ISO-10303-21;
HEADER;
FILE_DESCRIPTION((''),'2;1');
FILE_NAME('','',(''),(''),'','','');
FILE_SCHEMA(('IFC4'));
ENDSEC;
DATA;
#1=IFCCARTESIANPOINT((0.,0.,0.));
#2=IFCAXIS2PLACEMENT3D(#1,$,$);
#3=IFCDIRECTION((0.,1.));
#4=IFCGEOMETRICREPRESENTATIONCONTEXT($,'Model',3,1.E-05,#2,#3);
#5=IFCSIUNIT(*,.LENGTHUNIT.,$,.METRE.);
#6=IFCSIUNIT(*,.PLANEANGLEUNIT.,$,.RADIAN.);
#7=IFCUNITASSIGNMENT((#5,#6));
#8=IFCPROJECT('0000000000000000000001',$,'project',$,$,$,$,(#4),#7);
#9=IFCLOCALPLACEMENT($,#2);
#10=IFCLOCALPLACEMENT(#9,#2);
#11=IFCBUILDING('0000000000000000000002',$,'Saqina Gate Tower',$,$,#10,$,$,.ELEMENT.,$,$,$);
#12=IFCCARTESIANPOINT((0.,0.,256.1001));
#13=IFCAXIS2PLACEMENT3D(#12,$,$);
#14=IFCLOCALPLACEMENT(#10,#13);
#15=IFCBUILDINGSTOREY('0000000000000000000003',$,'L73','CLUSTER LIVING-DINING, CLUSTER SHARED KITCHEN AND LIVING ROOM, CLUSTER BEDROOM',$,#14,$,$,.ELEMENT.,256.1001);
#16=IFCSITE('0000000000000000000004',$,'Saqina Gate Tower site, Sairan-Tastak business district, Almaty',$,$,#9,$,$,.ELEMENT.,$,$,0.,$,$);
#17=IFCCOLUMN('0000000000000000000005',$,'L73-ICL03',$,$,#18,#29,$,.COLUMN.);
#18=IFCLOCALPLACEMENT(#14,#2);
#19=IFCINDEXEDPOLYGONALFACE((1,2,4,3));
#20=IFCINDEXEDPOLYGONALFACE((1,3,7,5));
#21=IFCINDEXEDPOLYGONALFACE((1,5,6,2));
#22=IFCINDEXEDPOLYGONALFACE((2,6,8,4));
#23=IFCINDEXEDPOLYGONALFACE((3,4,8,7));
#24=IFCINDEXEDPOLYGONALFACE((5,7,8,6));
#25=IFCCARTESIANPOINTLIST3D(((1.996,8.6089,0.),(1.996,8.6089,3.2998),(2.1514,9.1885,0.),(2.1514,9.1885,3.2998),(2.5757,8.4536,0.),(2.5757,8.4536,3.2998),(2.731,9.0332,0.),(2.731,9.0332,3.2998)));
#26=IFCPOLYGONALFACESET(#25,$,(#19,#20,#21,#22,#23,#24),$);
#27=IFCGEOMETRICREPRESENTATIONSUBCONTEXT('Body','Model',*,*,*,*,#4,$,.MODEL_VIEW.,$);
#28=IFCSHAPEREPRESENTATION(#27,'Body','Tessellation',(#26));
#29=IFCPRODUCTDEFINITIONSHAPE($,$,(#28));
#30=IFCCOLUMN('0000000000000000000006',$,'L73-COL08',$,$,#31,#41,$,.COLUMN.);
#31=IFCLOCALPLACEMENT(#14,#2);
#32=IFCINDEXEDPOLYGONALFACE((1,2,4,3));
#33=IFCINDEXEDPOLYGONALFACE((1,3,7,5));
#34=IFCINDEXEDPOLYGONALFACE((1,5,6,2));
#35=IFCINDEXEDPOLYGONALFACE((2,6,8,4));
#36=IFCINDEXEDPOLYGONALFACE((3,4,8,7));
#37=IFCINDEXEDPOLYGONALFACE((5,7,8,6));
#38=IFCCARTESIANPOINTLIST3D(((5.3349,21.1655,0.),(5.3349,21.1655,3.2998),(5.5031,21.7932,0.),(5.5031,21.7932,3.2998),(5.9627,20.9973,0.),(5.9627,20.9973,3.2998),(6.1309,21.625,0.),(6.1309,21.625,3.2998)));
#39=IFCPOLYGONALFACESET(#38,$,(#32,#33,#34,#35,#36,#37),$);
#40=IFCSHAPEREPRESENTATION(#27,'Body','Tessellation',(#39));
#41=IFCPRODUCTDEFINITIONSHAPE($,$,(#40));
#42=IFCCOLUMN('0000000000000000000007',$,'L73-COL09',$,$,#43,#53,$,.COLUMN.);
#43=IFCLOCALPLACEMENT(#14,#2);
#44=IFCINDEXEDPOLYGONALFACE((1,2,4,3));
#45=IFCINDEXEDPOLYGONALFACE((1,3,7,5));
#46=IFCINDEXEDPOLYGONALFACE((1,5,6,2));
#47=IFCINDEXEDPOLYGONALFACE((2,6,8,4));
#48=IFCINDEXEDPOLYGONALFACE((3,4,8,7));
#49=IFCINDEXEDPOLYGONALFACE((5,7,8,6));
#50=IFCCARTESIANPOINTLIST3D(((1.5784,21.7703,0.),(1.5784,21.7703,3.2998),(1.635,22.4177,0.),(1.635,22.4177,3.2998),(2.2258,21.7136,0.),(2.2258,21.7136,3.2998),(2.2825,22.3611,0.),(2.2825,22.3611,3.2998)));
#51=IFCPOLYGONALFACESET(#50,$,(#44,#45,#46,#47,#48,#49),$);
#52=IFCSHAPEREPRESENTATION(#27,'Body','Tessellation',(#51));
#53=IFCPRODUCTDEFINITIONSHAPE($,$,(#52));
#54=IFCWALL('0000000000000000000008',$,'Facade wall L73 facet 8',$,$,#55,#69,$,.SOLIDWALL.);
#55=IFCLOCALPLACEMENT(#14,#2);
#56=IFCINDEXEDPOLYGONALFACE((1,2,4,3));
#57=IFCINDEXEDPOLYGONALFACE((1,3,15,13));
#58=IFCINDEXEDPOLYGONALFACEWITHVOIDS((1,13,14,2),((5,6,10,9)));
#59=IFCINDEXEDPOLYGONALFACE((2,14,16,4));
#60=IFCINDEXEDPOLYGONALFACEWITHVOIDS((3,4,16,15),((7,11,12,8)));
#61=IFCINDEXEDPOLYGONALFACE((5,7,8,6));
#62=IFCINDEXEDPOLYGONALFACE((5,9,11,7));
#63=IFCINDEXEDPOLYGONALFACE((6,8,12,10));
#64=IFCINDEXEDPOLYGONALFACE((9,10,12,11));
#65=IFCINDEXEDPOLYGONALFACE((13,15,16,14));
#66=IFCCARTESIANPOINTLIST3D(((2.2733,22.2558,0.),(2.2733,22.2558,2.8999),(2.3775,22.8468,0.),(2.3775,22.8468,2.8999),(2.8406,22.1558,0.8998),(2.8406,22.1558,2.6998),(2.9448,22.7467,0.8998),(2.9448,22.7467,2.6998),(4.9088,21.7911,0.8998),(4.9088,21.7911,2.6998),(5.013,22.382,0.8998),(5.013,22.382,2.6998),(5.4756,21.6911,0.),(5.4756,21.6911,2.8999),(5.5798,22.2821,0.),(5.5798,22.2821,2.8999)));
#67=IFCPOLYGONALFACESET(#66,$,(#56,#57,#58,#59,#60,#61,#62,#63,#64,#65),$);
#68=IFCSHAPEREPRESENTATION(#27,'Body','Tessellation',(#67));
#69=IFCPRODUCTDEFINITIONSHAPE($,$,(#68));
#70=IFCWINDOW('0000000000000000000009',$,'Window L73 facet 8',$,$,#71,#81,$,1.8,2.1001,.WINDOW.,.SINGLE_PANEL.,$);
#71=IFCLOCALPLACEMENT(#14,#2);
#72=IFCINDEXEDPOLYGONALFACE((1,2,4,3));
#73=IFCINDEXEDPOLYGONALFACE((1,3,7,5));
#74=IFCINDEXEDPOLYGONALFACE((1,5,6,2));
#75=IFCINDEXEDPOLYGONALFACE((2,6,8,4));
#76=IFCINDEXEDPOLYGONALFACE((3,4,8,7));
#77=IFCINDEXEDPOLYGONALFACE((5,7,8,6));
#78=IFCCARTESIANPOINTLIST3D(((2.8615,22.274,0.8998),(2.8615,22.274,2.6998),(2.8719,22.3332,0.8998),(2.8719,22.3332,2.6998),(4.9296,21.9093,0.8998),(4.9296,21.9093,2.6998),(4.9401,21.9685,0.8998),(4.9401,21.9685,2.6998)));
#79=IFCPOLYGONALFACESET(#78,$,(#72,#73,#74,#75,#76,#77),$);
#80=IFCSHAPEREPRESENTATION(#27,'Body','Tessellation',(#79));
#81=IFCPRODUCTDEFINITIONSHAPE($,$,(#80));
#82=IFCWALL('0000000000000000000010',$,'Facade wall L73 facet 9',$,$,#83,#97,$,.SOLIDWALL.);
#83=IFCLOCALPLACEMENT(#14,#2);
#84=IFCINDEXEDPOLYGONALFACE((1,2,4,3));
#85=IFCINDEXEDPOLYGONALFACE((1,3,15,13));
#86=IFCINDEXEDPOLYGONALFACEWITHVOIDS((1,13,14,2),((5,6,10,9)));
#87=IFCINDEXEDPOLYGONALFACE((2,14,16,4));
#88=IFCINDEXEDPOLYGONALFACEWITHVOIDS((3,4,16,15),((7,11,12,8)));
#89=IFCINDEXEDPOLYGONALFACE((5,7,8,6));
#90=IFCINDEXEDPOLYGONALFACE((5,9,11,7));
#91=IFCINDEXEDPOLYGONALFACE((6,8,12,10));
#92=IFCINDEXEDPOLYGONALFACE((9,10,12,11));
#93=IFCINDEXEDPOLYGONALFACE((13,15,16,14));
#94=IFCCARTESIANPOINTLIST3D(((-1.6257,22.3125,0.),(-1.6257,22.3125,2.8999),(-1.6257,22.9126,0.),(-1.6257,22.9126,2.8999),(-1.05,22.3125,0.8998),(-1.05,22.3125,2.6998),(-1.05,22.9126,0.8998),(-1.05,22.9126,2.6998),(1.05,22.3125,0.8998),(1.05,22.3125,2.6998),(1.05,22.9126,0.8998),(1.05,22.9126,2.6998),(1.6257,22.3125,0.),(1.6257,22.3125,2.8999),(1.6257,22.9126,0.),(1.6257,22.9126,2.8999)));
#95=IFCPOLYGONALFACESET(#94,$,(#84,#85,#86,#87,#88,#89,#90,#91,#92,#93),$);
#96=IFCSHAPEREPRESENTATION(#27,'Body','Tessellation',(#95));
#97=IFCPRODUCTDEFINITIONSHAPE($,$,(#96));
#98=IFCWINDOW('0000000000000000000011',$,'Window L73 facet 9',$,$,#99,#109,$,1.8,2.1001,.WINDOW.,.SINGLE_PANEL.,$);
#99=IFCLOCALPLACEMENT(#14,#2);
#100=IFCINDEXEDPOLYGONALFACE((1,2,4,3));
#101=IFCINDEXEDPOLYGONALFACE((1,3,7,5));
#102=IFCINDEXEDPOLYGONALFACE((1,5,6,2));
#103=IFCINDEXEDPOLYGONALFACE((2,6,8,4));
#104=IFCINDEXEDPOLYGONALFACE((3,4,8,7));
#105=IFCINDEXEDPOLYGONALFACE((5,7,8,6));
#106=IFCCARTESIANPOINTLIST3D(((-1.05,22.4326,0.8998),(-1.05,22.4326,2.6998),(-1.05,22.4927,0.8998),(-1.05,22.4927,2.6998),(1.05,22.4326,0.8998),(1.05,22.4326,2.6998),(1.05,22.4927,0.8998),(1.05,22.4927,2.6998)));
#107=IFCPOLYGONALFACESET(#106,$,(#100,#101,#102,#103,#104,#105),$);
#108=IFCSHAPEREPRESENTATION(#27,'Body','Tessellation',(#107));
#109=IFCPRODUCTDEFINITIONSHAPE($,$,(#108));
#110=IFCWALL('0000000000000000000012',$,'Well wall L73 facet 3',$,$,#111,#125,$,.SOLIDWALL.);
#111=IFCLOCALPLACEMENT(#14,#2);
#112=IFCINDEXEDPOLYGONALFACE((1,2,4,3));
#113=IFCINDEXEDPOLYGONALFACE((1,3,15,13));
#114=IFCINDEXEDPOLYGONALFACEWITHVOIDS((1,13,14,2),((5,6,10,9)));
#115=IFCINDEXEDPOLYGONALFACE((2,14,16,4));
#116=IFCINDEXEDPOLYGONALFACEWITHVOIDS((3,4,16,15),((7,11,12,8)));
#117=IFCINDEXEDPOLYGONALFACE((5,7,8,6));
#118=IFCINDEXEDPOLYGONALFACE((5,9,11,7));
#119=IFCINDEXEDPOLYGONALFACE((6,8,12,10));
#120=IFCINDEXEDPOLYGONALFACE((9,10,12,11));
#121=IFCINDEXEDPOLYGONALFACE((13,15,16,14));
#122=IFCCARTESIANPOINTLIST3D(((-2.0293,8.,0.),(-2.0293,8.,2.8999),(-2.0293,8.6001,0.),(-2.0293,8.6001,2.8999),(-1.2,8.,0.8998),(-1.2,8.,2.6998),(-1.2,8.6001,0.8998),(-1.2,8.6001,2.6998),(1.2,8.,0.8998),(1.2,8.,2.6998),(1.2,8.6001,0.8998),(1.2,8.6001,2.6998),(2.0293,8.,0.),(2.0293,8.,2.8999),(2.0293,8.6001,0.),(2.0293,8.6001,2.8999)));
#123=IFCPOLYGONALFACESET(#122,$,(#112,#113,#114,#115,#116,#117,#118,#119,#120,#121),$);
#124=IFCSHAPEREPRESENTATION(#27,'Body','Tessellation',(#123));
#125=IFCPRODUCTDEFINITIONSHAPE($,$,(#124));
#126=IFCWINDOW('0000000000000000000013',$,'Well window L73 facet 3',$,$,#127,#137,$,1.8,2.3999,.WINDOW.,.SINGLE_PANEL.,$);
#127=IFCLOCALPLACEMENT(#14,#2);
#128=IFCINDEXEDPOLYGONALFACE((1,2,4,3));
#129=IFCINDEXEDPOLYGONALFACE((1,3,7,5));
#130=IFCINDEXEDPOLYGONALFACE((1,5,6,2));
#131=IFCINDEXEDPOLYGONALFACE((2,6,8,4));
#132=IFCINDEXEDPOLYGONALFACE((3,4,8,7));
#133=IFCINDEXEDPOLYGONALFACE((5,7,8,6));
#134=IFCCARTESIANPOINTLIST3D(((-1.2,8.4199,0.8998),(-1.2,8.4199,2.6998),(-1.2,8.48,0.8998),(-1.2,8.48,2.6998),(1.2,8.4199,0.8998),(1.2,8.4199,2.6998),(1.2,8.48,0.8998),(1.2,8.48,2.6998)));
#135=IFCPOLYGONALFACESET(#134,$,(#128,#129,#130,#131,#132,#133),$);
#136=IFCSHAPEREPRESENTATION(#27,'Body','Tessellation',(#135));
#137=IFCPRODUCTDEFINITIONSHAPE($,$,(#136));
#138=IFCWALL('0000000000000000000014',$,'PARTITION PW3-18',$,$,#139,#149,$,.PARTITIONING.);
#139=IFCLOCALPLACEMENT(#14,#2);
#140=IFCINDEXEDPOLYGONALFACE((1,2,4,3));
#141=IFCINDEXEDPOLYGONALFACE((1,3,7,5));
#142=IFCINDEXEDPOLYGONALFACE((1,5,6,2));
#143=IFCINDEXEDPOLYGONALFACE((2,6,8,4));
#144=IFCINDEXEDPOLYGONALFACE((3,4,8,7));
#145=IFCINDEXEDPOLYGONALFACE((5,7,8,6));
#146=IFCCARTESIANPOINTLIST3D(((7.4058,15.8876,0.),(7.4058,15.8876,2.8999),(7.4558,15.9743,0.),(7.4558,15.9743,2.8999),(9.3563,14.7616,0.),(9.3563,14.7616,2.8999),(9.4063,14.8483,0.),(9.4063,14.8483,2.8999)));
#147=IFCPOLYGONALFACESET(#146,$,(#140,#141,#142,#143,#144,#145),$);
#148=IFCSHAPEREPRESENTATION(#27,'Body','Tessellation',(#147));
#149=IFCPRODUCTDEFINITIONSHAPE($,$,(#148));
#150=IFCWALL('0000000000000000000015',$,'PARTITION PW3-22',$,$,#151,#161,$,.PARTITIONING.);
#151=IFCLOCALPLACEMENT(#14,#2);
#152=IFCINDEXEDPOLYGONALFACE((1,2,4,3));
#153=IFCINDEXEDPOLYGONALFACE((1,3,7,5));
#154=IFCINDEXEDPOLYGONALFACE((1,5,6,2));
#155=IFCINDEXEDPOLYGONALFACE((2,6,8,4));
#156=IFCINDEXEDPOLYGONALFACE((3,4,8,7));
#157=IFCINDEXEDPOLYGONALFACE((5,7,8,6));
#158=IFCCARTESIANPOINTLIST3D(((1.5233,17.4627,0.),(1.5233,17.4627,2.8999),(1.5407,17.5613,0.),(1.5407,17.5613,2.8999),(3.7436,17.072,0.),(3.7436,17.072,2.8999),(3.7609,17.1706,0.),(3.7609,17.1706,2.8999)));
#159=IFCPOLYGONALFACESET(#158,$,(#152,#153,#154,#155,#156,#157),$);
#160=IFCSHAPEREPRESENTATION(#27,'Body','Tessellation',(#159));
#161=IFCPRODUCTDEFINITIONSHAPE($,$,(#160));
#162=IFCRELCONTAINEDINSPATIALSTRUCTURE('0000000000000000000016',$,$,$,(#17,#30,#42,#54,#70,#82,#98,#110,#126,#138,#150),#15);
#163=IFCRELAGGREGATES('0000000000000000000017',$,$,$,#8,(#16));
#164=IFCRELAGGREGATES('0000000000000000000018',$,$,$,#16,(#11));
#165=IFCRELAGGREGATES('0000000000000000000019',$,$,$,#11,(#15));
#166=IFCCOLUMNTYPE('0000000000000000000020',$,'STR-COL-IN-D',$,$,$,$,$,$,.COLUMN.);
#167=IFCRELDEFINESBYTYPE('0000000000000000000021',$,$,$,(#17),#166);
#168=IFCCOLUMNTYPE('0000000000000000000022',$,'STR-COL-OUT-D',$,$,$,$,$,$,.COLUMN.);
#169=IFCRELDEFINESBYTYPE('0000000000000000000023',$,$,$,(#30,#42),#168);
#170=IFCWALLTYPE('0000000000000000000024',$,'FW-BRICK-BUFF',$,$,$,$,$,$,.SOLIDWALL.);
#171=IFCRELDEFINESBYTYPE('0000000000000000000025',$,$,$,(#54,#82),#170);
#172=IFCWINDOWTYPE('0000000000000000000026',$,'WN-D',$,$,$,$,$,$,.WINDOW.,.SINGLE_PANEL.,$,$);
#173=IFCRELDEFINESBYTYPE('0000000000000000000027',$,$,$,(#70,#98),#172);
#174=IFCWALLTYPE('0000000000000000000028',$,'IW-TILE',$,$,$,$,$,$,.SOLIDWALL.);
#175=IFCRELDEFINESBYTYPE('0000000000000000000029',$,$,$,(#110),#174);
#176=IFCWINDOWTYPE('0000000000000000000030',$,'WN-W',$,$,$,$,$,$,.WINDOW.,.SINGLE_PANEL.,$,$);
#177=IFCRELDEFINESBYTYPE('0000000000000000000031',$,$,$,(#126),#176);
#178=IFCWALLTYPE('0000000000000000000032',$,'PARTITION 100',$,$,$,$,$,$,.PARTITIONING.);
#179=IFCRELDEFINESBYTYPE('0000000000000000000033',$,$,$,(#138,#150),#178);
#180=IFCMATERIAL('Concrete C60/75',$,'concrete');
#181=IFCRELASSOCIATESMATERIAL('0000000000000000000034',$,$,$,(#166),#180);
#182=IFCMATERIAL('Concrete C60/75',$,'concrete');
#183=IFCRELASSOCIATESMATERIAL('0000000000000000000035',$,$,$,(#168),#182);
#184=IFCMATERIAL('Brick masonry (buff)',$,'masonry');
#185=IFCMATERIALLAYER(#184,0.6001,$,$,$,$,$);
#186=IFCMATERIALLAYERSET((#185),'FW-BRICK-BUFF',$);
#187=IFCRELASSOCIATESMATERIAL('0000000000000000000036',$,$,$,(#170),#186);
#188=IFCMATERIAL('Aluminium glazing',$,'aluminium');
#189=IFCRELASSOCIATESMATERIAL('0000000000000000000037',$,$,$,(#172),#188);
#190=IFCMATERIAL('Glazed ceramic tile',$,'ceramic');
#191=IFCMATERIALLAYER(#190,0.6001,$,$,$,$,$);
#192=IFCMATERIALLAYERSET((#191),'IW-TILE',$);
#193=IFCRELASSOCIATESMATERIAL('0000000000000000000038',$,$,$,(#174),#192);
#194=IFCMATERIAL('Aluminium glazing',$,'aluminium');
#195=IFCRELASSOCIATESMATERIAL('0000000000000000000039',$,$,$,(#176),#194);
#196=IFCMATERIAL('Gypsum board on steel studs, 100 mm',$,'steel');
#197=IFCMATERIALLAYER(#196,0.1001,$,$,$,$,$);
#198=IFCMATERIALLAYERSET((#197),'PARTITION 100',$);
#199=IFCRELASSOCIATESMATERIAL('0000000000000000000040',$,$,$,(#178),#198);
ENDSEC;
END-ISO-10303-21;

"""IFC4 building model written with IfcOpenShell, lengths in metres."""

from ifc_helpers import new_model, si_unit, direction, frame, frame_2d, origin, origin_2d, place, context, subcontext, project, spatial, rectangle, extrude, material, layer, layer_set, material_profile, profile_set, type_object, element, fill, save


model = new_model("IFC4")

# Units and contexts
model_context = context("Model", 3, precision=1e-05, world=origin(), true_north=direction((0.0, 1.0)))
body_context = subcontext(model_context, "Body", "Model", "MODEL_VIEW")
ifc_project = project(units=[si_unit("LENGTHUNIT", "METRE"), si_unit("PLANEANGLEUNIT", "RADIAN")], contexts=[model_context])

# Site, building, storey
site_placement = place(None, origin())
site = spatial("IfcSite", under=ifc_project, at=site_placement, Name="Saqina Gate Tower site, Sairan-Tastak business district, Almaty", CompositionType="ELEMENT", RefElevation=0.0)
building_placement = place(site_placement, origin())
building = spatial("IfcBuilding", under=site, at=building_placement, Name="Saqina Gate Tower", CompositionType="ELEMENT")
storey_placement = place(building_placement, frame((0.0, 0.0, 256.1001)))
storey = spatial("IfcBuildingStorey", under=building, at=storey_placement, Name="L73", Description="CLUSTER LIVING-DINING, CLUSTER SHARED KITCHEN AND LIVING ROOM, CLUSTER BEDROOM", CompositionType="ELEMENT", Elevation=256.1001)

# Columns
ifc_material_1 = material(Name="Concrete C60/75", Category="concrete")
ifc_material_profile_1 = material_profile(ifc_material_1, rectangle(XDim=0.6001, YDim=0.6001, at=origin_2d()), Name="RC 600x600")
ifc_profile_set_1 = profile_set([ifc_material_profile_1], Name="Concrete C60/75")
column_type_1 = type_object("IfcColumnType", Name="STR-COL-IN-D", PredefinedType="COLUMN", material=ifc_profile_set_1)
column_placement = place(storey_placement, frame((2.3635, 8.821, 0.0), z_axis=(0.0, 0.0, 1.0), x_axis=(0.258819, 0.965926, 0.0)))
element("IfcColumn", 1, at=column_placement, inside=storey, type_object=column_type_1, Name="L73-ICL03", PredefinedType="COLUMN", context=body_context, shape_type="SweptSolid", body=[
    extrude(rectangle(XDim=0.6001, YDim=0.6001, at=origin_2d()), origin(), (0.0, 0.0, 1.0), 3.2998),
])
ifc_material_2 = material(Name="Concrete C60/75", Category="concrete")
ifc_material_profile_2 = material_profile(ifc_material_2, rectangle(XDim=0.6499, YDim=0.6499, at=origin_2d()), Name="RC 650x650")
ifc_profile_set_2 = profile_set([ifc_material_profile_2], Name="Concrete C60/75")
column_type_2 = type_object("IfcColumnType", Name="STR-COL-OUT-D", PredefinedType="COLUMN", material=ifc_profile_set_2)
for number, where, z_axis, x_axis, name in (
    (2, (5.7329, 21.3953, 0.0), (0.0, 0.0, 1.0), (0.258819, 0.965926, 0.0), "L73-COL08"),
    (3, (1.9304, 22.0657, 0.0), (0.0, 0.0, 1.0), (0.087156, 0.996195, 0.0), "L73-COL09"),
):
    element("IfcColumn", number, at=place(storey_placement, frame(where, z_axis=z_axis, x_axis=x_axis)), inside=storey, type_object=column_type_2, Name=name, PredefinedType="COLUMN", context=body_context, shape_type="SweptSolid", body=[
        extrude(rectangle(XDim=0.6499, YDim=0.6499, at=origin_2d()), origin(), (0.0, 0.0, 1.0), 3.2998),
    ])

# Walls, openings, windows
ifc_material_3 = material(Name="Brick masonry (buff)", Category="masonry")
ifc_layer_1 = layer(ifc_material_3, 0.6001)
ifc_layer_set_1 = layer_set([ifc_layer_1], Name="FW-BRICK-BUFF")
wall_type_1 = type_object("IfcWallType", Name="FW-BRICK-BUFF", PredefinedType="SOLIDWALL", material=ifc_layer_set_1)
wall_1_placement = place(storey_placement, frame((5.5278, 21.9866, 0.0), z_axis=(0.0, 0.0, 1.0), x_axis=(-0.984806, 0.173657, 0.0)))
wall_1 = element("IfcWall", 4, at=wall_1_placement, inside=storey, type_object=wall_type_1, Name="Facade wall L73 facet 8", PredefinedType="SOLIDWALL", context=body_context, shape_type="SweptSolid", body=[
    extrude(rectangle(XDim=3.2517, YDim=0.6001, at=frame_2d((1.626, 0.0))), origin(), (0.0, 0.0, 1.0), 2.8999),
])
opening_1_placement = place(wall_1_placement, frame((0.5757, 0.0, 0.8999)))
opening_1 = element("IfcOpeningElement", 5, at=opening_1_placement, cuts=wall_1, PredefinedType="OPENING", context=body_context, shape_type="SweptSolid", body=[
    extrude(rectangle(XDim=2.1001, YDim=1.8, at=frame_2d((1.05, 0.8999))), frame((0.0, 0.312, 0.0), z_axis=(0.0, -1.0, 0.0), x_axis=(1.0, 0.0, 0.0)), (0.0, 0.0, 1.0), 0.624),
])
ifc_material_4 = material(Name="Aluminium glazing", Category="aluminium")
window_type_1 = type_object("IfcWindowType", Name="WN-D", PartitioningType="SINGLE_PANEL", PredefinedType="WINDOW", material=ifc_material_4)
window_1_placement = place(opening_1_placement, origin())
window_1 = element("IfcWindow", 6, at=window_1_placement, inside=storey, type_object=window_type_1, Name="Window L73 facet 8", OverallHeight=1.8, OverallWidth=2.1001, PartitioningType="SINGLE_PANEL", PredefinedType="WINDOW", context=body_context, shape_type="SweptSolid", body=[
    extrude(rectangle(XDim=2.1001, YDim=1.8, at=frame_2d((1.05, 0.8999))), frame((0.0, 0.1799, 0.0), z_axis=(0.0, -1.0, 0.0), x_axis=(1.0, 0.0, 0.0)), (0.0, 0.0, 1.0), 0.0601),
])
fill(opening_1, window_1)
wall_2_placement = place(storey_placement, frame((1.6257, 22.6125, 0.0), z_axis=(0.0, 0.0, 1.0), x_axis=(-1.0, 0.0, 0.0)))
wall_2 = element("IfcWall", 7, at=wall_2_placement, inside=storey, type_object=wall_type_1, Name="Facade wall L73 facet 9", PredefinedType="SOLIDWALL", context=body_context, shape_type="SweptSolid", body=[
    extrude(rectangle(XDim=3.2515, YDim=0.6001, at=frame_2d((1.6257, 0.0))), origin(), (0.0, 0.0, 1.0), 2.8999),
])
opening_2_placement = place(wall_2_placement, frame((0.5757, 0.0, 0.8999)))
opening_2 = element("IfcOpeningElement", 8, at=opening_2_placement, cuts=wall_2, PredefinedType="OPENING", context=body_context, shape_type="SweptSolid", body=[
    extrude(rectangle(XDim=2.1001, YDim=1.8, at=frame_2d((1.05, 0.8999))), frame((0.0, 0.312, 0.0), z_axis=(0.0, -1.0, 0.0), x_axis=(1.0, 0.0, 0.0)), (0.0, 0.0, 1.0), 0.624),
])
window_2_placement = place(opening_2_placement, origin())
window_2 = element("IfcWindow", 9, at=window_2_placement, inside=storey, type_object=window_type_1, Name="Window L73 facet 9", OverallHeight=1.8, OverallWidth=2.1001, PartitioningType="SINGLE_PANEL", PredefinedType="WINDOW", context=body_context, shape_type="SweptSolid", body=[
    extrude(rectangle(XDim=2.1001, YDim=1.8, at=frame_2d((1.05, 0.8999))), frame((0.0, 0.1799, 0.0), z_axis=(0.0, -1.0, 0.0), x_axis=(1.0, 0.0, 0.0)), (0.0, 0.0, 1.0), 0.0601),
])
fill(opening_2, window_2)
ifc_material_5 = material(Name="Glazed ceramic tile", Category="ceramic")
ifc_layer_2 = layer(ifc_material_5, 0.6001)
ifc_layer_set_2 = layer_set([ifc_layer_2], Name="IW-TILE")
wall_type_2 = type_object("IfcWallType", Name="IW-TILE", PredefinedType="SOLIDWALL", material=ifc_layer_set_2)
wall_3_placement = place(storey_placement, frame((2.0293, 8.3, 0.0), z_axis=(0.0, 0.0, 1.0), x_axis=(-1.0, 0.0, 0.0)))
wall_3 = element("IfcWall", 10, at=wall_3_placement, inside=storey, type_object=wall_type_2, Name="Well wall L73 facet 3", PredefinedType="SOLIDWALL", context=body_context, shape_type="SweptSolid", body=[
    extrude(rectangle(XDim=4.0586, YDim=0.6001, at=frame_2d((2.0293, 0.0))), origin(), (0.0, 0.0, 1.0), 2.8999),
])
opening_3_placement = place(wall_3_placement, frame((0.8293, 0.0, 0.8999)))
opening_3 = element("IfcOpeningElement", 11, at=opening_3_placement, cuts=wall_3, PredefinedType="OPENING", context=body_context, shape_type="SweptSolid", body=[
    extrude(rectangle(XDim=2.3999, YDim=1.8, at=frame_2d((1.2, 0.8999))), frame((0.0, 0.312, 0.0), z_axis=(0.0, -1.0, 0.0), x_axis=(1.0, 0.0, 0.0)), (0.0, 0.0, 1.0), 0.624),
])
ifc_material_6 = material(Name="Aluminium glazing", Category="aluminium")
window_type_2 = type_object("IfcWindowType", Name="WN-W", PartitioningType="SINGLE_PANEL", PredefinedType="WINDOW", material=ifc_material_6)
window_3_placement = place(opening_3_placement, origin())
window_3 = element("IfcWindow", 12, at=window_3_placement, inside=storey, type_object=window_type_2, Name="Well window L73 facet 3", OverallHeight=1.8, OverallWidth=2.3999, PartitioningType="SINGLE_PANEL", PredefinedType="WINDOW", context=body_context, shape_type="SweptSolid", body=[
    extrude(rectangle(XDim=2.3999, YDim=1.8, at=frame_2d((1.2, 0.8999))), frame((0.0, -0.1199, 0.0), z_axis=(0.0, -1.0, 0.0), x_axis=(1.0, 0.0, 0.0)), (0.0, 0.0, 1.0), 0.0601),
])
fill(opening_3, window_3)

# Walls
ifc_material_7 = material(Name="Gypsum board on steel studs, 100 mm", Category="steel")
ifc_layer_3 = layer(ifc_material_7, 0.1001)
ifc_layer_set_3 = layer_set([ifc_layer_3], Name="PARTITION 100")
wall_type_3 = type_object("IfcWallType", Name="PARTITION 100", PredefinedType="PARTITIONING", material=ifc_layer_set_3)
wall_4_placement = place(storey_placement, frame((7.4309, 15.9309, 0.0), z_axis=(0.0, 0.0, 1.0), x_axis=(0.866047, -0.499963, 0.0)))
element("IfcWall", 13, at=wall_4_placement, inside=storey, type_object=wall_type_3, Name="PARTITION PW3-18", PredefinedType="PARTITIONING", context=body_context, shape_type="SweptSolid", body=[
    extrude(rectangle(XDim=2.2522, YDim=0.1001, at=frame_2d((1.126, 0.0))), origin(), (0.0, 0.0, 1.0), 2.8999),
])
wall_5_placement = place(storey_placement, frame((1.532, 17.512, 0.0), z_axis=(0.0, 0.0, 1.0), x_axis=(0.984873, -0.173279, 0.0)))
element("IfcWall", 14, at=wall_5_placement, inside=storey, type_object=wall_type_3, Name="PARTITION PW3-22", PredefinedType="PARTITIONING", context=body_context, shape_type="SweptSolid", body=[
    extrude(rectangle(XDim=2.2544, YDim=0.1001, at=frame_2d((1.1272, 0.0))), origin(), (0.0, 0.0, 1.0), 2.8999),
])

save(model, "model.ifc")
